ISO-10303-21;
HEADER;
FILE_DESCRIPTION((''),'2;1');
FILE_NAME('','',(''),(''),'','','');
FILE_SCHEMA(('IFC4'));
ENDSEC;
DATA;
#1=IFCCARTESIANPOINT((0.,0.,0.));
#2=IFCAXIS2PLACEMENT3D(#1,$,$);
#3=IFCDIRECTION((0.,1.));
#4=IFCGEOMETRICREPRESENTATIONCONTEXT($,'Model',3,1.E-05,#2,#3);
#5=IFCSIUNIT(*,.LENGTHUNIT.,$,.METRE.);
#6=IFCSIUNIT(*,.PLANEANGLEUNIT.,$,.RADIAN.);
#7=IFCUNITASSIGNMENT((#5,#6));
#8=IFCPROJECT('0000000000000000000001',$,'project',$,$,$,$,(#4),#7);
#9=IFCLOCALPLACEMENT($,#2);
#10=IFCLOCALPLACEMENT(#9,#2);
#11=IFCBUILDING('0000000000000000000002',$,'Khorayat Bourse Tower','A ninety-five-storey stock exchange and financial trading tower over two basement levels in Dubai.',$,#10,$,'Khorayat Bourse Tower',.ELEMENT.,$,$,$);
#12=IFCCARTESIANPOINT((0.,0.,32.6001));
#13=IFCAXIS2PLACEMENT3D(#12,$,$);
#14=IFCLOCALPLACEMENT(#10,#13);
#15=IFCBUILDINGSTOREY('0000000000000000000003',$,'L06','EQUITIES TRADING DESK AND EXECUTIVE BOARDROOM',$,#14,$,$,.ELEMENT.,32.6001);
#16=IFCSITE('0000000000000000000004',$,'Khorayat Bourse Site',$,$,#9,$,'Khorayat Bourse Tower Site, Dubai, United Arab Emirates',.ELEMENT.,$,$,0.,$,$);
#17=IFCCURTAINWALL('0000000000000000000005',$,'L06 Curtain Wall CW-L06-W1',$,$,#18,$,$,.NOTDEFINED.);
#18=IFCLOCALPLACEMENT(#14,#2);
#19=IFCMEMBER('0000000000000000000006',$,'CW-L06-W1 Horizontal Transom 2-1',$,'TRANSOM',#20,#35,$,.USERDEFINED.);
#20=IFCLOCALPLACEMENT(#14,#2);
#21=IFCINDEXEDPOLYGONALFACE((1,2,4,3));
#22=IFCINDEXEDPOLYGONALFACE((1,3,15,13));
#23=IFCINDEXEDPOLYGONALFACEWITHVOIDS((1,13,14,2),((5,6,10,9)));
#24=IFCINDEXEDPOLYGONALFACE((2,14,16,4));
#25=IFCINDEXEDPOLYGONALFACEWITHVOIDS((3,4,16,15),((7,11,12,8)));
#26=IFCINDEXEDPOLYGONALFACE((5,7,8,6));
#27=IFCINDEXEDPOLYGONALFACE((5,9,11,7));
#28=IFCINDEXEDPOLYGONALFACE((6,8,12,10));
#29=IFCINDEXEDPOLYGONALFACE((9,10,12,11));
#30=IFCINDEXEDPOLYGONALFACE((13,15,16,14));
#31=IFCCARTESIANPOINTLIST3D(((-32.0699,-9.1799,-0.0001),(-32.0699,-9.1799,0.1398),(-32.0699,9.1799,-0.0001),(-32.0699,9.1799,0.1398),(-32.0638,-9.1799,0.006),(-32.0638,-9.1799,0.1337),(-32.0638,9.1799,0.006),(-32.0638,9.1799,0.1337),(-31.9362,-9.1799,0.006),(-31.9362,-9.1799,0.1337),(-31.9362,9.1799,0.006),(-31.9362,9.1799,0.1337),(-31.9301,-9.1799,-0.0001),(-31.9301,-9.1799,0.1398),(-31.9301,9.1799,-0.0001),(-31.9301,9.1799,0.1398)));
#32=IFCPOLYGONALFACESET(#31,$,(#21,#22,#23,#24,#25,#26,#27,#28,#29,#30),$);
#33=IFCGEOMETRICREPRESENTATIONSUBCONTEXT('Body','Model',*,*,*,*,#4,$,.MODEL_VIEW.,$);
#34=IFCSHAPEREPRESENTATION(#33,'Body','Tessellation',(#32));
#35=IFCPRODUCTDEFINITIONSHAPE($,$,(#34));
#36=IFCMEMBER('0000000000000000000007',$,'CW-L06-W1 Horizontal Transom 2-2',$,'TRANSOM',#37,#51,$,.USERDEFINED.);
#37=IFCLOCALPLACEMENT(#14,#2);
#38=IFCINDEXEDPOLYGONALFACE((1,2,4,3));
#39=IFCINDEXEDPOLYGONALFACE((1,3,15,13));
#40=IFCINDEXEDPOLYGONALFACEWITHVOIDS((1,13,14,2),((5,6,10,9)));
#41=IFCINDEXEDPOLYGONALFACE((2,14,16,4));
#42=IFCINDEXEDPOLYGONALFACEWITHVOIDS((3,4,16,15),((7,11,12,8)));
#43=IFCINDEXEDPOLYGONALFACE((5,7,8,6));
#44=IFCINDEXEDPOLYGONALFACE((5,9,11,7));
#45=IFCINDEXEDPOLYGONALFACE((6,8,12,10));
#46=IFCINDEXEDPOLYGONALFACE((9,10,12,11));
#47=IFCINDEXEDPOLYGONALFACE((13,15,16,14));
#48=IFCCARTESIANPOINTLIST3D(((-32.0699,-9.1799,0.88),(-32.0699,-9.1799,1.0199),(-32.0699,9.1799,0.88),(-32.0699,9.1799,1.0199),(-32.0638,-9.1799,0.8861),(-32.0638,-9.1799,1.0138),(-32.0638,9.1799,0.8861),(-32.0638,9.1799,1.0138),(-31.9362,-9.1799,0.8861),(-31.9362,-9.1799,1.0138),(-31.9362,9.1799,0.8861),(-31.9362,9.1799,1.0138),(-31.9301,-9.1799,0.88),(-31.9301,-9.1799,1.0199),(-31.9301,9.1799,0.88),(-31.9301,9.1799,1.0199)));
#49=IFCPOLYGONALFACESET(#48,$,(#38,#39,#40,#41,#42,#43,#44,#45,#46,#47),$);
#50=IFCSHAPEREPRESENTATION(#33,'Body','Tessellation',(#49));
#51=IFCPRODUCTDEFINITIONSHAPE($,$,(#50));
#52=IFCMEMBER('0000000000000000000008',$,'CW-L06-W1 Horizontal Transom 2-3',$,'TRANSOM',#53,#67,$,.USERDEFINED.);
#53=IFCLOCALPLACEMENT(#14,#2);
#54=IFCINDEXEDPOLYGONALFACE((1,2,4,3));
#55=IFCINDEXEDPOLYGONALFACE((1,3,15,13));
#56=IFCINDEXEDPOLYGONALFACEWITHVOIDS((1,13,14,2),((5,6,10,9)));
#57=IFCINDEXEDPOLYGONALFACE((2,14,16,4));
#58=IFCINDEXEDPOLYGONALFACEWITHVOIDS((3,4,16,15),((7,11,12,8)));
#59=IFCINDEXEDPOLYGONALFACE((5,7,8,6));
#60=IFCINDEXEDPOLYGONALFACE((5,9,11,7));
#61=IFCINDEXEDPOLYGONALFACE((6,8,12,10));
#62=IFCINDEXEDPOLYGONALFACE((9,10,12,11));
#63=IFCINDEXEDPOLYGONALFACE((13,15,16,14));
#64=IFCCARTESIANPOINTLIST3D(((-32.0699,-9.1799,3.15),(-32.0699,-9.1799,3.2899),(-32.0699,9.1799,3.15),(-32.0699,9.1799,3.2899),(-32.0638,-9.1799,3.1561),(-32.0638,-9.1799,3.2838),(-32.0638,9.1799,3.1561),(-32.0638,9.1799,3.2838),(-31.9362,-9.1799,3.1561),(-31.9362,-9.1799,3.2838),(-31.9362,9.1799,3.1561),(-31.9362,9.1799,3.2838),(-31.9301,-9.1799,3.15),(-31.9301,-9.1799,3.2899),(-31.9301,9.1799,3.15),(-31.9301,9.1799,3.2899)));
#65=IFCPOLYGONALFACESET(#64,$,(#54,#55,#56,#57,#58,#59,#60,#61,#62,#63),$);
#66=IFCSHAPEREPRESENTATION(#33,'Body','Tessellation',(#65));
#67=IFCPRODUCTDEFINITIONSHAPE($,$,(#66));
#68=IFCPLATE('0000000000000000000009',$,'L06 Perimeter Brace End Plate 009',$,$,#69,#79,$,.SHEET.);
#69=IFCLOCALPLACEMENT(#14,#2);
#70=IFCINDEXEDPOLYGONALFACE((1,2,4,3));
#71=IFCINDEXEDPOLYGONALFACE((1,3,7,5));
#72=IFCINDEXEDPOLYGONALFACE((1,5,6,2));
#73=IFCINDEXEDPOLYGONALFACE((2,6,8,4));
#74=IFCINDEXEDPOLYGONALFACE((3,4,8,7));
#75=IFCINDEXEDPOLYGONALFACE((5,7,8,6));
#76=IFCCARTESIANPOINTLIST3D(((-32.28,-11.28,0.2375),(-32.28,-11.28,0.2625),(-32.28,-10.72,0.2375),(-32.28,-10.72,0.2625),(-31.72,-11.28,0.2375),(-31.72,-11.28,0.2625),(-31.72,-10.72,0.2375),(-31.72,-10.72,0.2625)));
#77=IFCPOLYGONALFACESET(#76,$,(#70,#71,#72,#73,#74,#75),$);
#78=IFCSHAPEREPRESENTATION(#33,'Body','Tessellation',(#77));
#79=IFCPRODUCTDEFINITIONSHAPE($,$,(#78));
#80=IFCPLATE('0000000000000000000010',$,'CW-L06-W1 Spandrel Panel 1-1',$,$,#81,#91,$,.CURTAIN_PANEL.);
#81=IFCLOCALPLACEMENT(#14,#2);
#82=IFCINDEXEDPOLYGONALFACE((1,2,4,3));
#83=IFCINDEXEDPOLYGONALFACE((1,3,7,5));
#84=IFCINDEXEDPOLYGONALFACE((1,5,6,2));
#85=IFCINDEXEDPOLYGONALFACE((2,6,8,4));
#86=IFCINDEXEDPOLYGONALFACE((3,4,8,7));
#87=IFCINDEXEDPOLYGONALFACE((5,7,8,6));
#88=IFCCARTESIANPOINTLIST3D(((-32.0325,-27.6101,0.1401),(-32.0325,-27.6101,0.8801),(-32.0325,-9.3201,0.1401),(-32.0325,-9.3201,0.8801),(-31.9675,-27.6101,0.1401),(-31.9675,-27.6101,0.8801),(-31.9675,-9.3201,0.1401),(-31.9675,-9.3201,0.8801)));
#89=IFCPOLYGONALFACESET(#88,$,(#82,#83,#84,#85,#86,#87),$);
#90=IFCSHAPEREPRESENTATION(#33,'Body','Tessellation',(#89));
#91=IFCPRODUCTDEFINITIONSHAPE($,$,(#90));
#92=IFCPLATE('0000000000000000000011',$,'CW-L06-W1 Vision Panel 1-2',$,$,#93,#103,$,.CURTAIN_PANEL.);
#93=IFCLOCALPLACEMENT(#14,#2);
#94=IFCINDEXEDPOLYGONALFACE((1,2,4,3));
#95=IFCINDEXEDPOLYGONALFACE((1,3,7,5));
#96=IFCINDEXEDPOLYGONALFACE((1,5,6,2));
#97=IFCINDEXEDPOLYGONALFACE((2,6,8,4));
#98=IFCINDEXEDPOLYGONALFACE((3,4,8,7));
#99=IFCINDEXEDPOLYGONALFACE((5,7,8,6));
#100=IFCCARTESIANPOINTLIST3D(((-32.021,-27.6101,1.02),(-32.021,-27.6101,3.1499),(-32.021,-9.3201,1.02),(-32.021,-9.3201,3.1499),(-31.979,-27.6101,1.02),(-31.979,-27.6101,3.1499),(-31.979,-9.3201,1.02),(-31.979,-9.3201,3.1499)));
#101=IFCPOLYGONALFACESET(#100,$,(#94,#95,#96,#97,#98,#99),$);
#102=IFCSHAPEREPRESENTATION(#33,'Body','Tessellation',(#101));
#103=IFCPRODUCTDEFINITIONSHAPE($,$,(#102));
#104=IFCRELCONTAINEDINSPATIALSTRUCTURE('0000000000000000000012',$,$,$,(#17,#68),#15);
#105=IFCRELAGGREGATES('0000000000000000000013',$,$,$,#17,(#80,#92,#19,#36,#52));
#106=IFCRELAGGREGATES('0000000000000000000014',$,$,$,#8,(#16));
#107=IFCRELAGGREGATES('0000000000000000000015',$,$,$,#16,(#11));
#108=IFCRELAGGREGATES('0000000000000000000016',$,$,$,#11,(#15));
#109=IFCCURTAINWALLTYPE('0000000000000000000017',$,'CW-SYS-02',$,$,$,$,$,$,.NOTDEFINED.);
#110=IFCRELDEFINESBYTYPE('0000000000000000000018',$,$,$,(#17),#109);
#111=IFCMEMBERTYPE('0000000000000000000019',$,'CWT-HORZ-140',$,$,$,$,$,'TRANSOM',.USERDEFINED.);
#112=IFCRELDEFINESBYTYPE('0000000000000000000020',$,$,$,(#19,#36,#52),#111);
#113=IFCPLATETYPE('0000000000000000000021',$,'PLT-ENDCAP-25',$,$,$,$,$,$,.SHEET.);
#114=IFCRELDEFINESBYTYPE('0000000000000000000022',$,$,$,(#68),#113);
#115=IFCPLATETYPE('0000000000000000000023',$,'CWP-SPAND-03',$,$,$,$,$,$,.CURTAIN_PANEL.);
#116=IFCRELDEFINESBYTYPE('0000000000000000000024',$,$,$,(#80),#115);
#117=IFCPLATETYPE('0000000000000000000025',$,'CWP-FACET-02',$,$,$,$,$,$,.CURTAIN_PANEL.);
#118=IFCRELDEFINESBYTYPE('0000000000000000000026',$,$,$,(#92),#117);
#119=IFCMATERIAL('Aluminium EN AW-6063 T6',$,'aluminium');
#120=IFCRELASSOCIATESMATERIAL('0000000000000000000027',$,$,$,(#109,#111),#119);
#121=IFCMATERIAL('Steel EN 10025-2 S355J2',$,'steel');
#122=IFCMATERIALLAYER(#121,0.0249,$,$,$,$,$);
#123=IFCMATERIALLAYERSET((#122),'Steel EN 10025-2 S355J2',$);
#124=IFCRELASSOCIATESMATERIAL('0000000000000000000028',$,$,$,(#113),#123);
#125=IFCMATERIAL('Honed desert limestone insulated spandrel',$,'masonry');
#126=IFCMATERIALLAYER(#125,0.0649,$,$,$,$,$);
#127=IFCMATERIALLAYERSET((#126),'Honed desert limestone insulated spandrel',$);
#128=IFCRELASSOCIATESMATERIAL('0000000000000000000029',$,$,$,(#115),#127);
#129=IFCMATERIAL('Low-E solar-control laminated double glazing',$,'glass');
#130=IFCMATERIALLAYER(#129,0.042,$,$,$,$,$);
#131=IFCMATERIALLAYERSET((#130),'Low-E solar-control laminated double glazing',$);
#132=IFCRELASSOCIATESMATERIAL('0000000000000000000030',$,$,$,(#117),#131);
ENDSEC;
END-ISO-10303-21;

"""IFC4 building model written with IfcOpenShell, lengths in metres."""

from ifc_helpers import new_model, si_unit, direction, frame, origin, origin_2d, place, context, subcontext, project, spatial, rectangle, hollow_rectangle, extrude, source, transform, mapped, material, layer, layer_set, material_profile, profile_set, type_object, element, aggregate, save


model = new_model("IFC4")

# Units and contexts
model_context = context("Model", 3, precision=1e-05, world=origin(), true_north=direction((0.0, 1.0)))
body_context = subcontext(model_context, "Body", "Model", "MODEL_VIEW")
ifc_project = project(units=[si_unit("LENGTHUNIT", "METRE"), si_unit("PLANEANGLEUNIT", "RADIAN")], contexts=[model_context])

# Site, building, storey
site_placement = place(None, origin())
site = spatial("IfcSite", under=ifc_project, at=site_placement, Name="Khorayat Bourse Site", LongName="Khorayat Bourse Tower Site, Dubai, United Arab Emirates", CompositionType="ELEMENT", RefElevation=0.0)
building_placement = place(site_placement, origin())
building = spatial("IfcBuilding", under=site, at=building_placement, Name="Khorayat Bourse Tower", Description="A ninety-five-storey stock exchange and financial trading tower over two basement levels in Dubai.", LongName="Khorayat Bourse Tower", CompositionType="ELEMENT")
storey_placement = place(building_placement, frame((0.0, 0.0, 32.6001)))
storey = spatial("IfcBuildingStorey", under=building, at=storey_placement, Name="L06", Description="EQUITIES TRADING DESK AND EXECUTIVE BOARDROOM", CompositionType="ELEMENT", Elevation=32.6001)

# Curtain wall, members
ifc_material_1 = material(Name="Aluminium EN AW-6063 T6", Category="aluminium")
curtain_wall_type = type_object("IfcCurtainWallType", Name="CW-SYS-02", PredefinedType="NOTDEFINED", material=ifc_material_1)
curtain_wall_placement = place(storey_placement, origin())
curtain_wall = element("IfcCurtainWall", 1, at=curtain_wall_placement, inside=storey, type_object=curtain_wall_type, Name="L06 Curtain Wall CW-L06-W1", PredefinedType="NOTDEFINED")
ifc_material_profile_1 = material_profile(ifc_material_1, hollow_rectangle(XDim=0.1399, YDim=0.1399, WallThickness=0.0061, at=origin_2d()), Name="ALU 140x140x6")
ifc_profile_set_1 = profile_set([ifc_material_profile_1], Name="Aluminium EN AW-6063 T6")
member_type_1 = type_object("IfcMemberType", Name="CWT-HORZ-140", ElementType="TRANSOM", PredefinedType="USERDEFINED", material=ifc_profile_set_1)
shared_shape_1 = source(origin(), body_context, "Body", "SweptSolid", [
    extrude(hollow_rectangle(XDim=0.1399, YDim=0.1399, WallThickness=0.0061, at=origin_2d()), origin(), (0.0, 0.0, 1.0), 18.3599),
])
member_1_placement = place(storey_placement, frame((-32.0, -9.1799, 0.0698), z_axis=(0.0, 1.0, 0.0), x_axis=(-1.0, 0.0, 0.0)))
member_1 = element("IfcMember", 2, at=member_1_placement, type_object=member_type_1, Name="CW-L06-W1 Horizontal Transom 2-1", ObjectType="TRANSOM", PredefinedType="USERDEFINED", context=body_context, shape_type="MappedRepresentation", body=[
    mapped(shared_shape_1, transform((0.0, 0.0, 0.0), scale=1.0)),
])
member_2_placement = place(storey_placement, frame((-32.0, -9.1799, 0.95), z_axis=(0.0, 1.0, 0.0), x_axis=(-1.0, 0.0, 0.0)))
member_2 = element("IfcMember", 3, at=member_2_placement, type_object=member_type_1, Name="CW-L06-W1 Horizontal Transom 2-2", ObjectType="TRANSOM", PredefinedType="USERDEFINED", context=body_context, shape_type="MappedRepresentation", body=[
    mapped(shared_shape_1, transform((0.0, 0.0, 0.0), scale=1.0)),
])
member_3_placement = place(storey_placement, frame((-32.0, -9.1799, 3.22), z_axis=(0.0, 1.0, 0.0), x_axis=(-1.0, 0.0, 0.0)))
member_3 = element("IfcMember", 4, at=member_3_placement, type_object=member_type_1, Name="CW-L06-W1 Horizontal Transom 2-3", ObjectType="TRANSOM", PredefinedType="USERDEFINED", context=body_context, shape_type="MappedRepresentation", body=[
    mapped(shared_shape_1, transform((0.0, 0.0, 0.0), scale=1.0)),
])

# Plates
ifc_material_2 = material(Name="Steel EN 10025-2 S355J2", Category="steel")
ifc_layer_1 = layer(ifc_material_2, 0.0249)
ifc_layer_set_1 = layer_set([ifc_layer_1], Name="Steel EN 10025-2 S355J2")
plate_type_1 = type_object("IfcPlateType", Name="PLT-ENDCAP-25", PredefinedType="SHEET", material=ifc_layer_set_1)
shared_shape_2 = source(origin(), body_context, "Body", "SweptSolid", [
    extrude(rectangle(XDim=0.5601, YDim=0.5601, at=origin_2d()), origin(), (0.0, 0.0, 1.0), 0.0249),
])
plate_1_placement = place(storey_placement, frame((-32.0, -11.0, 0.2375), z_axis=(0.0, 0.0, 1.0), x_axis=(1.0, 0.0, 0.0)))
element("IfcPlate", 5, at=plate_1_placement, inside=storey, type_object=plate_type_1, Name="L06 Perimeter Brace End Plate 009", PredefinedType="SHEET", context=body_context, shape_type="MappedRepresentation", body=[
    mapped(shared_shape_2, transform((0.0, 0.0, 0.0), scale=1.0)),
])
ifc_material_3 = material(Name="Honed desert limestone insulated spandrel", Category="masonry")
ifc_layer_2 = layer(ifc_material_3, 0.0649)
ifc_layer_set_2 = layer_set([ifc_layer_2], Name="Honed desert limestone insulated spandrel")
plate_type_2 = type_object("IfcPlateType", Name="CWP-SPAND-03", PredefinedType="CURTAIN_PANEL", material=ifc_layer_set_2)
shared_shape_3 = source(origin(), body_context, "Body", "SweptSolid", [
    extrude(rectangle(XDim=18.29, YDim=0.0649, at=origin_2d()), origin(), (0.0, 0.0, 1.0), 0.74),
])
plate_2_placement = place(storey_placement, frame((-32.0, -18.4651, 0.1401), z_axis=(0.0, 0.0, 1.0), x_axis=(0.0, 1.0, 0.0)))
plate_2 = element("IfcPlate", 6, at=plate_2_placement, type_object=plate_type_2, Name="CW-L06-W1 Spandrel Panel 1-1", PredefinedType="CURTAIN_PANEL", context=body_context, shape_type="MappedRepresentation", body=[
    mapped(shared_shape_3, transform((0.0, 0.0, 0.0), scale=1.0)),
])
ifc_material_4 = material(Name="Low-E solar-control laminated double glazing", Category="glass")
ifc_layer_3 = layer(ifc_material_4, 0.042)
ifc_layer_set_3 = layer_set([ifc_layer_3], Name="Low-E solar-control laminated double glazing")
plate_type_3 = type_object("IfcPlateType", Name="CWP-FACET-02", PredefinedType="CURTAIN_PANEL", material=ifc_layer_set_3)
shared_shape_4 = source(origin(), body_context, "Body", "SweptSolid", [
    extrude(rectangle(XDim=18.29, YDim=0.042, at=origin_2d()), origin(), (0.0, 0.0, 1.0), 2.1299),
])
plate_3_placement = place(storey_placement, frame((-32.0, -18.4651, 1.02), z_axis=(0.0, 0.0, 1.0), x_axis=(0.0, 1.0, 0.0)))
plate_3 = element("IfcPlate", 7, at=plate_3_placement, type_object=plate_type_3, Name="CW-L06-W1 Vision Panel 1-2", PredefinedType="CURTAIN_PANEL", context=body_context, shape_type="MappedRepresentation", body=[
    mapped(shared_shape_4, transform((0.0, 0.0, 0.0), scale=1.0)),
])
aggregate(curtain_wall, [plate_2, plate_3, member_1, member_2, member_3])

save(model, "model.ifc")
